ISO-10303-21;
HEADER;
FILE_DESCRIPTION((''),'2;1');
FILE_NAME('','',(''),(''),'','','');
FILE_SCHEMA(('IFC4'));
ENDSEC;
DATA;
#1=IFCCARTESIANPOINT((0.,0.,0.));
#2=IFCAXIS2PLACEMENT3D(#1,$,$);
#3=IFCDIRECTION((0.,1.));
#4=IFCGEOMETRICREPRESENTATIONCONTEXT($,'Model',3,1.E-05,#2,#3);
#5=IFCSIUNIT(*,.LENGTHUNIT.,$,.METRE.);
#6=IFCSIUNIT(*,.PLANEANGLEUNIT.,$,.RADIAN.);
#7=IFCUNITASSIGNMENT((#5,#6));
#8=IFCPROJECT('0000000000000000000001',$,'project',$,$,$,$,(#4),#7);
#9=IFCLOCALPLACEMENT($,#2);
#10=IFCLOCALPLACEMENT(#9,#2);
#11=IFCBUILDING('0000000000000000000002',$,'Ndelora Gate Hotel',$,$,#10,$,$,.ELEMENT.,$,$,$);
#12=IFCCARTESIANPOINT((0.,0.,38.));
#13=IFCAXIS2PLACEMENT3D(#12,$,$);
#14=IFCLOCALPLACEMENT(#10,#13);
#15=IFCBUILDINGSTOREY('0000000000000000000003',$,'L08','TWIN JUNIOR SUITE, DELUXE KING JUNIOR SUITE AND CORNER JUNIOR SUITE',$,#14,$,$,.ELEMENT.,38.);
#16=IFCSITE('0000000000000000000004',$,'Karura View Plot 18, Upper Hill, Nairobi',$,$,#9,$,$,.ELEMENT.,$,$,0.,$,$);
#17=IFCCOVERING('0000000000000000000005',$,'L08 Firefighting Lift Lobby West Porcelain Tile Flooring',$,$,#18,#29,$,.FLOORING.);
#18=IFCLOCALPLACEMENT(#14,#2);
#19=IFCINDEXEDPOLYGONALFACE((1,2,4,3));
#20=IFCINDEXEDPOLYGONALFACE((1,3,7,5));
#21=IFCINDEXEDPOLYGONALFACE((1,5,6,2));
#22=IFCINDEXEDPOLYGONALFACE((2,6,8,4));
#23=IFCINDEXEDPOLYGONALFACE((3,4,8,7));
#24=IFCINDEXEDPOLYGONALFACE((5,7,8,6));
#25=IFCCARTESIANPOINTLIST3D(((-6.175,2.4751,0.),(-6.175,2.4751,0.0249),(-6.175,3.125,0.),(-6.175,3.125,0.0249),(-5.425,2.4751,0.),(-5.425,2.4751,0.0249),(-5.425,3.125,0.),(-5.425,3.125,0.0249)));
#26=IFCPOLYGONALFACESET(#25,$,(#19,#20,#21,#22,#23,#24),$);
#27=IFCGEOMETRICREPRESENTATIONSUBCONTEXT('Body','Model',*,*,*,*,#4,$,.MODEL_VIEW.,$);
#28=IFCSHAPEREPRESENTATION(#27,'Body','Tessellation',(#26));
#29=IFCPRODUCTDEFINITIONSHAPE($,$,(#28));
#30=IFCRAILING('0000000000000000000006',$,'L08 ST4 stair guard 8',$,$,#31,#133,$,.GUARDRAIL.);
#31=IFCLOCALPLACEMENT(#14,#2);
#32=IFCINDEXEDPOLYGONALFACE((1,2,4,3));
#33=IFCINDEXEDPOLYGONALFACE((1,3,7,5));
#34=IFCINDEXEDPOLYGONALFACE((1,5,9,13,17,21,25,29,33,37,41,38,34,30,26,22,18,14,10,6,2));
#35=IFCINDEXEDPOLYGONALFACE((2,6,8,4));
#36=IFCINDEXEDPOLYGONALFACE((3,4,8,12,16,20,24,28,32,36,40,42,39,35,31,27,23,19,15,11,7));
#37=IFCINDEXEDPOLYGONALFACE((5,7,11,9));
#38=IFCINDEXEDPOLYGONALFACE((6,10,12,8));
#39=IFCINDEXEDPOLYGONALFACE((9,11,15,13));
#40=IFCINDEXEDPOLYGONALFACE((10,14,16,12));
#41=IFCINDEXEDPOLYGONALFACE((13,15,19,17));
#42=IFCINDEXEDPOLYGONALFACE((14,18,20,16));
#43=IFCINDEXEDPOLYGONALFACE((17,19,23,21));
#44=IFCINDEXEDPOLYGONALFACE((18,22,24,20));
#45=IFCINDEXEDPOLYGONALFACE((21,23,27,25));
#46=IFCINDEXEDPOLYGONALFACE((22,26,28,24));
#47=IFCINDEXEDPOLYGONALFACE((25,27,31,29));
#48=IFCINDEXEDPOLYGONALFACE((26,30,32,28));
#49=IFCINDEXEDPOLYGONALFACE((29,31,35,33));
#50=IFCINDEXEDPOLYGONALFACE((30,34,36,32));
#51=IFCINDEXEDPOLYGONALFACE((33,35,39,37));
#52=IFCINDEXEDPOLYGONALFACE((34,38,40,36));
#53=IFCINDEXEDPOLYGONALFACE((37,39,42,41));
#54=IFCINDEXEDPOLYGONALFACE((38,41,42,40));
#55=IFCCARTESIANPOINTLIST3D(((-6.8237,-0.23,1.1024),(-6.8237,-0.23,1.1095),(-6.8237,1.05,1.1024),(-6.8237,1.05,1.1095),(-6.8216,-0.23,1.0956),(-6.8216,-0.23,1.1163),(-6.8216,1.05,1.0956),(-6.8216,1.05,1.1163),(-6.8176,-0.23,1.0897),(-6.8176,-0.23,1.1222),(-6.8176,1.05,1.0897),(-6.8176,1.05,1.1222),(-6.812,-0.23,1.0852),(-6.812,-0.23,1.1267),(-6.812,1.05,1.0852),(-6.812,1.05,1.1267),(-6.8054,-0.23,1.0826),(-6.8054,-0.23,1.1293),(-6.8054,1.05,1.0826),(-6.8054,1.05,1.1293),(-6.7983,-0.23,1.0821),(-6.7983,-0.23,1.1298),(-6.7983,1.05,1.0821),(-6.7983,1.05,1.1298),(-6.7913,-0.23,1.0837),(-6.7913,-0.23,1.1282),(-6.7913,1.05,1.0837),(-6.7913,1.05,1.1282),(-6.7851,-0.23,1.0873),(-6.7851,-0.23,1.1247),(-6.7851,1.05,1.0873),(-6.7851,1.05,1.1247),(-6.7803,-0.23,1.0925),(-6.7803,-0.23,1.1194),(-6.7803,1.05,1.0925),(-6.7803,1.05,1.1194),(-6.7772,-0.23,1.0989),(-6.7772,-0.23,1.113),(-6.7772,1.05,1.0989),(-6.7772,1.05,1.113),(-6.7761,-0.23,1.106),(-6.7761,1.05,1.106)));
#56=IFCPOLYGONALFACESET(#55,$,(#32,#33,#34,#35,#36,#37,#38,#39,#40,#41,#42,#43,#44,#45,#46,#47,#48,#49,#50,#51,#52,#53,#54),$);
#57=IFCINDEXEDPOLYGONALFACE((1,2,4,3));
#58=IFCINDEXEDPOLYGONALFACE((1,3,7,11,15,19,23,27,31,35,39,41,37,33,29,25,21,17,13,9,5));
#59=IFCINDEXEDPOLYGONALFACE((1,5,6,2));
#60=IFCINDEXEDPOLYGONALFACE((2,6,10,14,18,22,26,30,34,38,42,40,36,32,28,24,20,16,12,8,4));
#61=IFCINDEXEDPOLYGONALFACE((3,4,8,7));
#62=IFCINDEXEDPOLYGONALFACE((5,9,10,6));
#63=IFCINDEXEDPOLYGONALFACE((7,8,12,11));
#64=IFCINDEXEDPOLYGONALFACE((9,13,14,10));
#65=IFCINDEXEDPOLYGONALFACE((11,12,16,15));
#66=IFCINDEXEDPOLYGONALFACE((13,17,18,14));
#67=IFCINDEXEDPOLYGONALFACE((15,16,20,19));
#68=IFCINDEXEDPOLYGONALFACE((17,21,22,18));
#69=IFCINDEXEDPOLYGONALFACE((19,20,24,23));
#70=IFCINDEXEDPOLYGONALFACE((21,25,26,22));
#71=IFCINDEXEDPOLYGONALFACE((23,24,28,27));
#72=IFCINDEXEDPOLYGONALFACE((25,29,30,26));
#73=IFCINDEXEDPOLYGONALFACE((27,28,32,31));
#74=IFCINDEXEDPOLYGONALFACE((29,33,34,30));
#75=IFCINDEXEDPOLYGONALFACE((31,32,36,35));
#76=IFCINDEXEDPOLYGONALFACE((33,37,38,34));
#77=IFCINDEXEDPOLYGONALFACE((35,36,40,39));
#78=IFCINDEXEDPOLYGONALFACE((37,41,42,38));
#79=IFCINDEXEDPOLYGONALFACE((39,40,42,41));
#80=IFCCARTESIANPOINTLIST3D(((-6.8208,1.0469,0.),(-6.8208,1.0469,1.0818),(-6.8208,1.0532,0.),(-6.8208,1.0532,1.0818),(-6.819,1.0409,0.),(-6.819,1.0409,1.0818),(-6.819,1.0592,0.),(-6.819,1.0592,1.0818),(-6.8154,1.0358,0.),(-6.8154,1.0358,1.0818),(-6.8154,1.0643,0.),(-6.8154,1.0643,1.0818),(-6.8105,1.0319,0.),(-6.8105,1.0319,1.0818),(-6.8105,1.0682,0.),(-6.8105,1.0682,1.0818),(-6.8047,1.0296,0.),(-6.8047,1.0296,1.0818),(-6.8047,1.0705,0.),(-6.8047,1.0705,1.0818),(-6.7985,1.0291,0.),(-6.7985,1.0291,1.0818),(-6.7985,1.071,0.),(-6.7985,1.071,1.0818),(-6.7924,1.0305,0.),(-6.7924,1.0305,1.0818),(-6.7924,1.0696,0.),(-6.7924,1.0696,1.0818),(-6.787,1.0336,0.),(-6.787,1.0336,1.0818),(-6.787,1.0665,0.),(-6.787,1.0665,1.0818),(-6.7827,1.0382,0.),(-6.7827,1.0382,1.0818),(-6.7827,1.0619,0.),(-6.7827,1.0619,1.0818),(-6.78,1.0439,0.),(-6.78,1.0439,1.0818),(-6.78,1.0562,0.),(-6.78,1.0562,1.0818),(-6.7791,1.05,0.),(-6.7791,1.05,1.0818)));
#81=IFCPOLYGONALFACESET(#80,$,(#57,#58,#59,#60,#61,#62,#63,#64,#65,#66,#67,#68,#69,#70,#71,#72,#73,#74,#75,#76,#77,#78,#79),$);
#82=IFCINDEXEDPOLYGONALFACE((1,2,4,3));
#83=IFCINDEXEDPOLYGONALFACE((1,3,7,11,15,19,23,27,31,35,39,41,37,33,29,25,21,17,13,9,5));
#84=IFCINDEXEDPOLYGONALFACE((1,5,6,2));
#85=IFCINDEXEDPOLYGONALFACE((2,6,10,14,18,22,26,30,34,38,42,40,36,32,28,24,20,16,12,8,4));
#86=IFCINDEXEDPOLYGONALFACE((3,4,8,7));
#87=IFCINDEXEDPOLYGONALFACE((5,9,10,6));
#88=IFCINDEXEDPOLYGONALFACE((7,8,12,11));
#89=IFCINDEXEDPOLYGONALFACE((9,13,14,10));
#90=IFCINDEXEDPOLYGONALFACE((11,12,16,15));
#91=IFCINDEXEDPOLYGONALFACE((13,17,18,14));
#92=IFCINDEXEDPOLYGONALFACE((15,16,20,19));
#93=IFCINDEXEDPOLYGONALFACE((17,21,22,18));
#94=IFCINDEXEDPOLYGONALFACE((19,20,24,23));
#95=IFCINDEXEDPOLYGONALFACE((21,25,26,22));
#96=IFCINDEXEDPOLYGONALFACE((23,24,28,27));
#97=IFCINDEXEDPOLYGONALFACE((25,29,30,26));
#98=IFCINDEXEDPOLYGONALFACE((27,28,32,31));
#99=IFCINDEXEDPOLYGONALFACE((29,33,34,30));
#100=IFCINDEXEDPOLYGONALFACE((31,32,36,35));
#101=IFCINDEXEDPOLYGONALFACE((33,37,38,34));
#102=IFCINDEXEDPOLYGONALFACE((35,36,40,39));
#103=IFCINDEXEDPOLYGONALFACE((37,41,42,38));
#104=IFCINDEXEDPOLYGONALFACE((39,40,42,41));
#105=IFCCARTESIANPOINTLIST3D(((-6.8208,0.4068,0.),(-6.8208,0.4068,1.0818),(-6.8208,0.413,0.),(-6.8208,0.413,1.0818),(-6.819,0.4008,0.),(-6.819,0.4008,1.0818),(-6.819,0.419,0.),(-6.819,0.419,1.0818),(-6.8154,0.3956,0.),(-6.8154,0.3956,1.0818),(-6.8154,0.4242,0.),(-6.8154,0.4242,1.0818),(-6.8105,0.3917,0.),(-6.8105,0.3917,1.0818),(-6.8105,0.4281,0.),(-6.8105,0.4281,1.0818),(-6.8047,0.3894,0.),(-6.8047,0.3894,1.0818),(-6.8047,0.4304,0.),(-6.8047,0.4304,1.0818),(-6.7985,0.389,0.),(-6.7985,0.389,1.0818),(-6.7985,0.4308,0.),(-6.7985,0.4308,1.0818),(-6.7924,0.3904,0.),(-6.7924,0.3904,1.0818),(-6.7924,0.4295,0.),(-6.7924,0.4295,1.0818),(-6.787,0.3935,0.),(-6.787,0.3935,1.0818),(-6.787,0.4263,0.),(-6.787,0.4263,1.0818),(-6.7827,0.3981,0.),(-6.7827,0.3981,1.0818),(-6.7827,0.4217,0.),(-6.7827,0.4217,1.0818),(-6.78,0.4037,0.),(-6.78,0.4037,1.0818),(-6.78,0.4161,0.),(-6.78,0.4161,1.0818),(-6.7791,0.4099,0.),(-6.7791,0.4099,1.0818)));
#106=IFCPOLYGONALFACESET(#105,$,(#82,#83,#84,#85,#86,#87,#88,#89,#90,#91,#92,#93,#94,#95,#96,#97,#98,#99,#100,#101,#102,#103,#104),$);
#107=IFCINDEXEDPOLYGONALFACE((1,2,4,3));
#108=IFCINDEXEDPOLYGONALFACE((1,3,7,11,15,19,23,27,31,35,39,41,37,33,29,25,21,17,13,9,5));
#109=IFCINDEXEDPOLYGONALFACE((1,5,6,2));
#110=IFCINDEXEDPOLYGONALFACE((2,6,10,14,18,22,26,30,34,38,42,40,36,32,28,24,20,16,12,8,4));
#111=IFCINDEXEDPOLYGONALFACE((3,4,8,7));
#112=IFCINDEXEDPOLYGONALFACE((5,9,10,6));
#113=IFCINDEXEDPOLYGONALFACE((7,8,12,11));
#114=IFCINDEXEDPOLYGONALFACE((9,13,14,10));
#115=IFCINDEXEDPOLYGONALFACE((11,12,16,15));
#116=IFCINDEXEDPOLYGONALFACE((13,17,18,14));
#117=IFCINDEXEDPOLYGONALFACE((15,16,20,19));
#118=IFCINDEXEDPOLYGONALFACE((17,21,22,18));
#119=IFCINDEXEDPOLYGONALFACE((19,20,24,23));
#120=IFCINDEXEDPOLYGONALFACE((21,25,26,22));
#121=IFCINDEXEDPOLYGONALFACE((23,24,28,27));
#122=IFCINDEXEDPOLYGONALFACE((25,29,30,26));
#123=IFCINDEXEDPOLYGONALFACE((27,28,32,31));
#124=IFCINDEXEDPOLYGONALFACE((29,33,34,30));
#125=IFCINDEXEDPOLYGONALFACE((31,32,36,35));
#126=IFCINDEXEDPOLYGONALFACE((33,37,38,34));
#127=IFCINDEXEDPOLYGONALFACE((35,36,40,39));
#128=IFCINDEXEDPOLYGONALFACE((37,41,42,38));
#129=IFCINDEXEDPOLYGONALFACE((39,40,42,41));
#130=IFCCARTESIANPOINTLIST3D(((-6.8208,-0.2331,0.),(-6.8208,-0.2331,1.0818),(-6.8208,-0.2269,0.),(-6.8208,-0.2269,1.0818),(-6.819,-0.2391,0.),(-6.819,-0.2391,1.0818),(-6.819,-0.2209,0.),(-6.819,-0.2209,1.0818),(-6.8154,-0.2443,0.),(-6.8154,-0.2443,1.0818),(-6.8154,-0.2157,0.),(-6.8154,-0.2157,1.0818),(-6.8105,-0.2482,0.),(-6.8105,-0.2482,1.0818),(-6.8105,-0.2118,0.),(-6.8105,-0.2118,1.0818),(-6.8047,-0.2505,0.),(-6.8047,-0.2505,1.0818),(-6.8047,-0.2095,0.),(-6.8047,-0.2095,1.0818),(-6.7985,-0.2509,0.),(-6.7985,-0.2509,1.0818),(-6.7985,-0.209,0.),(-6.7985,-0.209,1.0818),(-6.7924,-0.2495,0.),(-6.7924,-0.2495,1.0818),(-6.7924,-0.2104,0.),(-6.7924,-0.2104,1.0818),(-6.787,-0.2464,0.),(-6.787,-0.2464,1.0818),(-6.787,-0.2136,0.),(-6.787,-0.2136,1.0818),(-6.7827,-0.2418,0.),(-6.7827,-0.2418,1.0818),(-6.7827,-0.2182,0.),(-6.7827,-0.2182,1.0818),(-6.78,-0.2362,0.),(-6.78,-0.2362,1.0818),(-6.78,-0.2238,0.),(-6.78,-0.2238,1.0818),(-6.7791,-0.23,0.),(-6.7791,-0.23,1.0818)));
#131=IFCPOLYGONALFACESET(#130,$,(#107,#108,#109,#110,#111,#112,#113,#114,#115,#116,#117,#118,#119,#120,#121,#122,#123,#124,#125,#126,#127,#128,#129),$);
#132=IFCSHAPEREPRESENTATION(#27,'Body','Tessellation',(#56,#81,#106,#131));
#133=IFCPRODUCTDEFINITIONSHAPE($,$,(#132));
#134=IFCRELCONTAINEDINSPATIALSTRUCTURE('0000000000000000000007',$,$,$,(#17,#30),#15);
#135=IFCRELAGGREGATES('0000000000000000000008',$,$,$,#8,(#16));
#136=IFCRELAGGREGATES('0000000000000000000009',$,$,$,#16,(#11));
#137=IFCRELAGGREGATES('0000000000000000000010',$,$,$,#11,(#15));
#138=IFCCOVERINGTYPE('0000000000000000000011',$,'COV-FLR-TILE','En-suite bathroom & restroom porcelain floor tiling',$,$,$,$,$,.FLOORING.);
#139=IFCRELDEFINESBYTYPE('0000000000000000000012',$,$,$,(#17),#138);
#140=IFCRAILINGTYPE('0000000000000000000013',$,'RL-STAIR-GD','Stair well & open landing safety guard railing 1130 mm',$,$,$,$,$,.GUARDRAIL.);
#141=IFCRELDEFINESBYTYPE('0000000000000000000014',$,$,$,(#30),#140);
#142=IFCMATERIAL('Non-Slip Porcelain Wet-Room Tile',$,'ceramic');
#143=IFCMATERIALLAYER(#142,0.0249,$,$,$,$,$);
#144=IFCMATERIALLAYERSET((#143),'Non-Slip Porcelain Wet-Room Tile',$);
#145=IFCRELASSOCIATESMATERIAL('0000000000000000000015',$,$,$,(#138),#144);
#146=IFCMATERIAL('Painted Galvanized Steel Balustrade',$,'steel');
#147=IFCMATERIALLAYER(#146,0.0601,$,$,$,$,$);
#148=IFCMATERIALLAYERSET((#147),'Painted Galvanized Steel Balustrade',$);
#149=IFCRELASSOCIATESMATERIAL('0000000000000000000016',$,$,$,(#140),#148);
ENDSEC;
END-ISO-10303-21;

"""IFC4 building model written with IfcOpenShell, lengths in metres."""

from ifc_helpers import new_model, si_unit, direction, frame, origin, origin_2d, place, context, subcontext, project, spatial, rectangle, circle, extrude, material, layer, layer_set, type_object, element, save


model = new_model("IFC4")

# Units and contexts
model_context = context("Model", 3, precision=1e-05, world=origin(), true_north=direction((0.0, 1.0)))
body_context = subcontext(model_context, "Body", "Model", "MODEL_VIEW")
ifc_project = project(units=[si_unit("LENGTHUNIT", "METRE"), si_unit("PLANEANGLEUNIT", "RADIAN")], contexts=[model_context])

# Site, building, storey
site_placement = place(None, origin())
site = spatial("IfcSite", under=ifc_project, at=site_placement, Name="Karura View Plot 18, Upper Hill, Nairobi", CompositionType="ELEMENT", RefElevation=0.0)
building_placement = place(site_placement, origin())
building = spatial("IfcBuilding", under=site, at=building_placement, Name="Ndelora Gate Hotel", CompositionType="ELEMENT")
storey_placement = place(building_placement, frame((0.0, 0.0, 38.0)))
storey = spatial("IfcBuildingStorey", under=building, at=storey_placement, Name="L08", Description="TWIN JUNIOR SUITE, DELUXE KING JUNIOR SUITE AND CORNER JUNIOR SUITE", CompositionType="ELEMENT", Elevation=38.0)

# Covering
ifc_material_1 = material(Name="Non-Slip Porcelain Wet-Room Tile", Category="ceramic")
ifc_layer_1 = layer(ifc_material_1, 0.0249)
ifc_layer_set_1 = layer_set([ifc_layer_1], Name="Non-Slip Porcelain Wet-Room Tile")
covering_type_1 = type_object("IfcCoveringType", Name="COV-FLR-TILE", Description="En-suite bathroom & restroom porcelain floor tiling", PredefinedType="FLOORING", material=ifc_layer_set_1)
covering_1_placement = place(storey_placement, frame((-5.8, 2.8, 0.0), z_axis=(0.0, 0.0, 1.0), x_axis=(1.0, 0.0, 0.0)))
element("IfcCovering", 1, at=covering_1_placement, inside=storey, type_object=covering_type_1, Name="L08 Firefighting Lift Lobby West Porcelain Tile Flooring", PredefinedType="FLOORING", context=body_context, shape_type="SweptSolid", body=[
    extrude(rectangle(XDim=0.75, YDim=0.6499, at=origin_2d()), origin(), (0.0, 0.0, 1.0), 0.0249),
])

# Railing
ifc_material_2 = material(Name="Painted Galvanized Steel Balustrade", Category="steel")
ifc_layer_2 = layer(ifc_material_2, 0.0601)
ifc_layer_set_2 = layer_set([ifc_layer_2], Name="Painted Galvanized Steel Balustrade")
railing_type = type_object("IfcRailingType", Name="RL-STAIR-GD", Description="Stair well & open landing safety guard railing 1130 mm", PredefinedType="GUARDRAIL", material=ifc_layer_set_2)
for number, where, name in (
    (2, (-6.8, 1.05, 0.0), "L08 ST4 stair guard 8"),
):
    element("IfcRailing", number, at=place(storey_placement, frame(where)), inside=storey, type_object=railing_type, Name=name, PredefinedType="GUARDRAIL", context=body_context, shape_type="SweptSolid", body=[
        extrude(circle(Radius=0.0239, at=origin_2d()), frame((0.0, 0.0, 1.106), z_axis=(0.0, -1.0, 0.0), x_axis=(1.0, 0.0, 0.0)), (0.0, 0.0, 1.0), 1.28),
        extrude(circle(Radius=0.021, at=origin_2d()), origin(), (0.0, 0.0, 1.0), 1.0818),
        extrude(circle(Radius=0.021, at=origin_2d()), frame((0.0, -0.6401, 0.0)), (0.0, 0.0, 1.0), 1.0818),
        extrude(circle(Radius=0.021, at=origin_2d()), frame((0.0, -1.28, 0.0)), (0.0, 0.0, 1.0), 1.0818),
    ])

save(model, "model.ifc")
